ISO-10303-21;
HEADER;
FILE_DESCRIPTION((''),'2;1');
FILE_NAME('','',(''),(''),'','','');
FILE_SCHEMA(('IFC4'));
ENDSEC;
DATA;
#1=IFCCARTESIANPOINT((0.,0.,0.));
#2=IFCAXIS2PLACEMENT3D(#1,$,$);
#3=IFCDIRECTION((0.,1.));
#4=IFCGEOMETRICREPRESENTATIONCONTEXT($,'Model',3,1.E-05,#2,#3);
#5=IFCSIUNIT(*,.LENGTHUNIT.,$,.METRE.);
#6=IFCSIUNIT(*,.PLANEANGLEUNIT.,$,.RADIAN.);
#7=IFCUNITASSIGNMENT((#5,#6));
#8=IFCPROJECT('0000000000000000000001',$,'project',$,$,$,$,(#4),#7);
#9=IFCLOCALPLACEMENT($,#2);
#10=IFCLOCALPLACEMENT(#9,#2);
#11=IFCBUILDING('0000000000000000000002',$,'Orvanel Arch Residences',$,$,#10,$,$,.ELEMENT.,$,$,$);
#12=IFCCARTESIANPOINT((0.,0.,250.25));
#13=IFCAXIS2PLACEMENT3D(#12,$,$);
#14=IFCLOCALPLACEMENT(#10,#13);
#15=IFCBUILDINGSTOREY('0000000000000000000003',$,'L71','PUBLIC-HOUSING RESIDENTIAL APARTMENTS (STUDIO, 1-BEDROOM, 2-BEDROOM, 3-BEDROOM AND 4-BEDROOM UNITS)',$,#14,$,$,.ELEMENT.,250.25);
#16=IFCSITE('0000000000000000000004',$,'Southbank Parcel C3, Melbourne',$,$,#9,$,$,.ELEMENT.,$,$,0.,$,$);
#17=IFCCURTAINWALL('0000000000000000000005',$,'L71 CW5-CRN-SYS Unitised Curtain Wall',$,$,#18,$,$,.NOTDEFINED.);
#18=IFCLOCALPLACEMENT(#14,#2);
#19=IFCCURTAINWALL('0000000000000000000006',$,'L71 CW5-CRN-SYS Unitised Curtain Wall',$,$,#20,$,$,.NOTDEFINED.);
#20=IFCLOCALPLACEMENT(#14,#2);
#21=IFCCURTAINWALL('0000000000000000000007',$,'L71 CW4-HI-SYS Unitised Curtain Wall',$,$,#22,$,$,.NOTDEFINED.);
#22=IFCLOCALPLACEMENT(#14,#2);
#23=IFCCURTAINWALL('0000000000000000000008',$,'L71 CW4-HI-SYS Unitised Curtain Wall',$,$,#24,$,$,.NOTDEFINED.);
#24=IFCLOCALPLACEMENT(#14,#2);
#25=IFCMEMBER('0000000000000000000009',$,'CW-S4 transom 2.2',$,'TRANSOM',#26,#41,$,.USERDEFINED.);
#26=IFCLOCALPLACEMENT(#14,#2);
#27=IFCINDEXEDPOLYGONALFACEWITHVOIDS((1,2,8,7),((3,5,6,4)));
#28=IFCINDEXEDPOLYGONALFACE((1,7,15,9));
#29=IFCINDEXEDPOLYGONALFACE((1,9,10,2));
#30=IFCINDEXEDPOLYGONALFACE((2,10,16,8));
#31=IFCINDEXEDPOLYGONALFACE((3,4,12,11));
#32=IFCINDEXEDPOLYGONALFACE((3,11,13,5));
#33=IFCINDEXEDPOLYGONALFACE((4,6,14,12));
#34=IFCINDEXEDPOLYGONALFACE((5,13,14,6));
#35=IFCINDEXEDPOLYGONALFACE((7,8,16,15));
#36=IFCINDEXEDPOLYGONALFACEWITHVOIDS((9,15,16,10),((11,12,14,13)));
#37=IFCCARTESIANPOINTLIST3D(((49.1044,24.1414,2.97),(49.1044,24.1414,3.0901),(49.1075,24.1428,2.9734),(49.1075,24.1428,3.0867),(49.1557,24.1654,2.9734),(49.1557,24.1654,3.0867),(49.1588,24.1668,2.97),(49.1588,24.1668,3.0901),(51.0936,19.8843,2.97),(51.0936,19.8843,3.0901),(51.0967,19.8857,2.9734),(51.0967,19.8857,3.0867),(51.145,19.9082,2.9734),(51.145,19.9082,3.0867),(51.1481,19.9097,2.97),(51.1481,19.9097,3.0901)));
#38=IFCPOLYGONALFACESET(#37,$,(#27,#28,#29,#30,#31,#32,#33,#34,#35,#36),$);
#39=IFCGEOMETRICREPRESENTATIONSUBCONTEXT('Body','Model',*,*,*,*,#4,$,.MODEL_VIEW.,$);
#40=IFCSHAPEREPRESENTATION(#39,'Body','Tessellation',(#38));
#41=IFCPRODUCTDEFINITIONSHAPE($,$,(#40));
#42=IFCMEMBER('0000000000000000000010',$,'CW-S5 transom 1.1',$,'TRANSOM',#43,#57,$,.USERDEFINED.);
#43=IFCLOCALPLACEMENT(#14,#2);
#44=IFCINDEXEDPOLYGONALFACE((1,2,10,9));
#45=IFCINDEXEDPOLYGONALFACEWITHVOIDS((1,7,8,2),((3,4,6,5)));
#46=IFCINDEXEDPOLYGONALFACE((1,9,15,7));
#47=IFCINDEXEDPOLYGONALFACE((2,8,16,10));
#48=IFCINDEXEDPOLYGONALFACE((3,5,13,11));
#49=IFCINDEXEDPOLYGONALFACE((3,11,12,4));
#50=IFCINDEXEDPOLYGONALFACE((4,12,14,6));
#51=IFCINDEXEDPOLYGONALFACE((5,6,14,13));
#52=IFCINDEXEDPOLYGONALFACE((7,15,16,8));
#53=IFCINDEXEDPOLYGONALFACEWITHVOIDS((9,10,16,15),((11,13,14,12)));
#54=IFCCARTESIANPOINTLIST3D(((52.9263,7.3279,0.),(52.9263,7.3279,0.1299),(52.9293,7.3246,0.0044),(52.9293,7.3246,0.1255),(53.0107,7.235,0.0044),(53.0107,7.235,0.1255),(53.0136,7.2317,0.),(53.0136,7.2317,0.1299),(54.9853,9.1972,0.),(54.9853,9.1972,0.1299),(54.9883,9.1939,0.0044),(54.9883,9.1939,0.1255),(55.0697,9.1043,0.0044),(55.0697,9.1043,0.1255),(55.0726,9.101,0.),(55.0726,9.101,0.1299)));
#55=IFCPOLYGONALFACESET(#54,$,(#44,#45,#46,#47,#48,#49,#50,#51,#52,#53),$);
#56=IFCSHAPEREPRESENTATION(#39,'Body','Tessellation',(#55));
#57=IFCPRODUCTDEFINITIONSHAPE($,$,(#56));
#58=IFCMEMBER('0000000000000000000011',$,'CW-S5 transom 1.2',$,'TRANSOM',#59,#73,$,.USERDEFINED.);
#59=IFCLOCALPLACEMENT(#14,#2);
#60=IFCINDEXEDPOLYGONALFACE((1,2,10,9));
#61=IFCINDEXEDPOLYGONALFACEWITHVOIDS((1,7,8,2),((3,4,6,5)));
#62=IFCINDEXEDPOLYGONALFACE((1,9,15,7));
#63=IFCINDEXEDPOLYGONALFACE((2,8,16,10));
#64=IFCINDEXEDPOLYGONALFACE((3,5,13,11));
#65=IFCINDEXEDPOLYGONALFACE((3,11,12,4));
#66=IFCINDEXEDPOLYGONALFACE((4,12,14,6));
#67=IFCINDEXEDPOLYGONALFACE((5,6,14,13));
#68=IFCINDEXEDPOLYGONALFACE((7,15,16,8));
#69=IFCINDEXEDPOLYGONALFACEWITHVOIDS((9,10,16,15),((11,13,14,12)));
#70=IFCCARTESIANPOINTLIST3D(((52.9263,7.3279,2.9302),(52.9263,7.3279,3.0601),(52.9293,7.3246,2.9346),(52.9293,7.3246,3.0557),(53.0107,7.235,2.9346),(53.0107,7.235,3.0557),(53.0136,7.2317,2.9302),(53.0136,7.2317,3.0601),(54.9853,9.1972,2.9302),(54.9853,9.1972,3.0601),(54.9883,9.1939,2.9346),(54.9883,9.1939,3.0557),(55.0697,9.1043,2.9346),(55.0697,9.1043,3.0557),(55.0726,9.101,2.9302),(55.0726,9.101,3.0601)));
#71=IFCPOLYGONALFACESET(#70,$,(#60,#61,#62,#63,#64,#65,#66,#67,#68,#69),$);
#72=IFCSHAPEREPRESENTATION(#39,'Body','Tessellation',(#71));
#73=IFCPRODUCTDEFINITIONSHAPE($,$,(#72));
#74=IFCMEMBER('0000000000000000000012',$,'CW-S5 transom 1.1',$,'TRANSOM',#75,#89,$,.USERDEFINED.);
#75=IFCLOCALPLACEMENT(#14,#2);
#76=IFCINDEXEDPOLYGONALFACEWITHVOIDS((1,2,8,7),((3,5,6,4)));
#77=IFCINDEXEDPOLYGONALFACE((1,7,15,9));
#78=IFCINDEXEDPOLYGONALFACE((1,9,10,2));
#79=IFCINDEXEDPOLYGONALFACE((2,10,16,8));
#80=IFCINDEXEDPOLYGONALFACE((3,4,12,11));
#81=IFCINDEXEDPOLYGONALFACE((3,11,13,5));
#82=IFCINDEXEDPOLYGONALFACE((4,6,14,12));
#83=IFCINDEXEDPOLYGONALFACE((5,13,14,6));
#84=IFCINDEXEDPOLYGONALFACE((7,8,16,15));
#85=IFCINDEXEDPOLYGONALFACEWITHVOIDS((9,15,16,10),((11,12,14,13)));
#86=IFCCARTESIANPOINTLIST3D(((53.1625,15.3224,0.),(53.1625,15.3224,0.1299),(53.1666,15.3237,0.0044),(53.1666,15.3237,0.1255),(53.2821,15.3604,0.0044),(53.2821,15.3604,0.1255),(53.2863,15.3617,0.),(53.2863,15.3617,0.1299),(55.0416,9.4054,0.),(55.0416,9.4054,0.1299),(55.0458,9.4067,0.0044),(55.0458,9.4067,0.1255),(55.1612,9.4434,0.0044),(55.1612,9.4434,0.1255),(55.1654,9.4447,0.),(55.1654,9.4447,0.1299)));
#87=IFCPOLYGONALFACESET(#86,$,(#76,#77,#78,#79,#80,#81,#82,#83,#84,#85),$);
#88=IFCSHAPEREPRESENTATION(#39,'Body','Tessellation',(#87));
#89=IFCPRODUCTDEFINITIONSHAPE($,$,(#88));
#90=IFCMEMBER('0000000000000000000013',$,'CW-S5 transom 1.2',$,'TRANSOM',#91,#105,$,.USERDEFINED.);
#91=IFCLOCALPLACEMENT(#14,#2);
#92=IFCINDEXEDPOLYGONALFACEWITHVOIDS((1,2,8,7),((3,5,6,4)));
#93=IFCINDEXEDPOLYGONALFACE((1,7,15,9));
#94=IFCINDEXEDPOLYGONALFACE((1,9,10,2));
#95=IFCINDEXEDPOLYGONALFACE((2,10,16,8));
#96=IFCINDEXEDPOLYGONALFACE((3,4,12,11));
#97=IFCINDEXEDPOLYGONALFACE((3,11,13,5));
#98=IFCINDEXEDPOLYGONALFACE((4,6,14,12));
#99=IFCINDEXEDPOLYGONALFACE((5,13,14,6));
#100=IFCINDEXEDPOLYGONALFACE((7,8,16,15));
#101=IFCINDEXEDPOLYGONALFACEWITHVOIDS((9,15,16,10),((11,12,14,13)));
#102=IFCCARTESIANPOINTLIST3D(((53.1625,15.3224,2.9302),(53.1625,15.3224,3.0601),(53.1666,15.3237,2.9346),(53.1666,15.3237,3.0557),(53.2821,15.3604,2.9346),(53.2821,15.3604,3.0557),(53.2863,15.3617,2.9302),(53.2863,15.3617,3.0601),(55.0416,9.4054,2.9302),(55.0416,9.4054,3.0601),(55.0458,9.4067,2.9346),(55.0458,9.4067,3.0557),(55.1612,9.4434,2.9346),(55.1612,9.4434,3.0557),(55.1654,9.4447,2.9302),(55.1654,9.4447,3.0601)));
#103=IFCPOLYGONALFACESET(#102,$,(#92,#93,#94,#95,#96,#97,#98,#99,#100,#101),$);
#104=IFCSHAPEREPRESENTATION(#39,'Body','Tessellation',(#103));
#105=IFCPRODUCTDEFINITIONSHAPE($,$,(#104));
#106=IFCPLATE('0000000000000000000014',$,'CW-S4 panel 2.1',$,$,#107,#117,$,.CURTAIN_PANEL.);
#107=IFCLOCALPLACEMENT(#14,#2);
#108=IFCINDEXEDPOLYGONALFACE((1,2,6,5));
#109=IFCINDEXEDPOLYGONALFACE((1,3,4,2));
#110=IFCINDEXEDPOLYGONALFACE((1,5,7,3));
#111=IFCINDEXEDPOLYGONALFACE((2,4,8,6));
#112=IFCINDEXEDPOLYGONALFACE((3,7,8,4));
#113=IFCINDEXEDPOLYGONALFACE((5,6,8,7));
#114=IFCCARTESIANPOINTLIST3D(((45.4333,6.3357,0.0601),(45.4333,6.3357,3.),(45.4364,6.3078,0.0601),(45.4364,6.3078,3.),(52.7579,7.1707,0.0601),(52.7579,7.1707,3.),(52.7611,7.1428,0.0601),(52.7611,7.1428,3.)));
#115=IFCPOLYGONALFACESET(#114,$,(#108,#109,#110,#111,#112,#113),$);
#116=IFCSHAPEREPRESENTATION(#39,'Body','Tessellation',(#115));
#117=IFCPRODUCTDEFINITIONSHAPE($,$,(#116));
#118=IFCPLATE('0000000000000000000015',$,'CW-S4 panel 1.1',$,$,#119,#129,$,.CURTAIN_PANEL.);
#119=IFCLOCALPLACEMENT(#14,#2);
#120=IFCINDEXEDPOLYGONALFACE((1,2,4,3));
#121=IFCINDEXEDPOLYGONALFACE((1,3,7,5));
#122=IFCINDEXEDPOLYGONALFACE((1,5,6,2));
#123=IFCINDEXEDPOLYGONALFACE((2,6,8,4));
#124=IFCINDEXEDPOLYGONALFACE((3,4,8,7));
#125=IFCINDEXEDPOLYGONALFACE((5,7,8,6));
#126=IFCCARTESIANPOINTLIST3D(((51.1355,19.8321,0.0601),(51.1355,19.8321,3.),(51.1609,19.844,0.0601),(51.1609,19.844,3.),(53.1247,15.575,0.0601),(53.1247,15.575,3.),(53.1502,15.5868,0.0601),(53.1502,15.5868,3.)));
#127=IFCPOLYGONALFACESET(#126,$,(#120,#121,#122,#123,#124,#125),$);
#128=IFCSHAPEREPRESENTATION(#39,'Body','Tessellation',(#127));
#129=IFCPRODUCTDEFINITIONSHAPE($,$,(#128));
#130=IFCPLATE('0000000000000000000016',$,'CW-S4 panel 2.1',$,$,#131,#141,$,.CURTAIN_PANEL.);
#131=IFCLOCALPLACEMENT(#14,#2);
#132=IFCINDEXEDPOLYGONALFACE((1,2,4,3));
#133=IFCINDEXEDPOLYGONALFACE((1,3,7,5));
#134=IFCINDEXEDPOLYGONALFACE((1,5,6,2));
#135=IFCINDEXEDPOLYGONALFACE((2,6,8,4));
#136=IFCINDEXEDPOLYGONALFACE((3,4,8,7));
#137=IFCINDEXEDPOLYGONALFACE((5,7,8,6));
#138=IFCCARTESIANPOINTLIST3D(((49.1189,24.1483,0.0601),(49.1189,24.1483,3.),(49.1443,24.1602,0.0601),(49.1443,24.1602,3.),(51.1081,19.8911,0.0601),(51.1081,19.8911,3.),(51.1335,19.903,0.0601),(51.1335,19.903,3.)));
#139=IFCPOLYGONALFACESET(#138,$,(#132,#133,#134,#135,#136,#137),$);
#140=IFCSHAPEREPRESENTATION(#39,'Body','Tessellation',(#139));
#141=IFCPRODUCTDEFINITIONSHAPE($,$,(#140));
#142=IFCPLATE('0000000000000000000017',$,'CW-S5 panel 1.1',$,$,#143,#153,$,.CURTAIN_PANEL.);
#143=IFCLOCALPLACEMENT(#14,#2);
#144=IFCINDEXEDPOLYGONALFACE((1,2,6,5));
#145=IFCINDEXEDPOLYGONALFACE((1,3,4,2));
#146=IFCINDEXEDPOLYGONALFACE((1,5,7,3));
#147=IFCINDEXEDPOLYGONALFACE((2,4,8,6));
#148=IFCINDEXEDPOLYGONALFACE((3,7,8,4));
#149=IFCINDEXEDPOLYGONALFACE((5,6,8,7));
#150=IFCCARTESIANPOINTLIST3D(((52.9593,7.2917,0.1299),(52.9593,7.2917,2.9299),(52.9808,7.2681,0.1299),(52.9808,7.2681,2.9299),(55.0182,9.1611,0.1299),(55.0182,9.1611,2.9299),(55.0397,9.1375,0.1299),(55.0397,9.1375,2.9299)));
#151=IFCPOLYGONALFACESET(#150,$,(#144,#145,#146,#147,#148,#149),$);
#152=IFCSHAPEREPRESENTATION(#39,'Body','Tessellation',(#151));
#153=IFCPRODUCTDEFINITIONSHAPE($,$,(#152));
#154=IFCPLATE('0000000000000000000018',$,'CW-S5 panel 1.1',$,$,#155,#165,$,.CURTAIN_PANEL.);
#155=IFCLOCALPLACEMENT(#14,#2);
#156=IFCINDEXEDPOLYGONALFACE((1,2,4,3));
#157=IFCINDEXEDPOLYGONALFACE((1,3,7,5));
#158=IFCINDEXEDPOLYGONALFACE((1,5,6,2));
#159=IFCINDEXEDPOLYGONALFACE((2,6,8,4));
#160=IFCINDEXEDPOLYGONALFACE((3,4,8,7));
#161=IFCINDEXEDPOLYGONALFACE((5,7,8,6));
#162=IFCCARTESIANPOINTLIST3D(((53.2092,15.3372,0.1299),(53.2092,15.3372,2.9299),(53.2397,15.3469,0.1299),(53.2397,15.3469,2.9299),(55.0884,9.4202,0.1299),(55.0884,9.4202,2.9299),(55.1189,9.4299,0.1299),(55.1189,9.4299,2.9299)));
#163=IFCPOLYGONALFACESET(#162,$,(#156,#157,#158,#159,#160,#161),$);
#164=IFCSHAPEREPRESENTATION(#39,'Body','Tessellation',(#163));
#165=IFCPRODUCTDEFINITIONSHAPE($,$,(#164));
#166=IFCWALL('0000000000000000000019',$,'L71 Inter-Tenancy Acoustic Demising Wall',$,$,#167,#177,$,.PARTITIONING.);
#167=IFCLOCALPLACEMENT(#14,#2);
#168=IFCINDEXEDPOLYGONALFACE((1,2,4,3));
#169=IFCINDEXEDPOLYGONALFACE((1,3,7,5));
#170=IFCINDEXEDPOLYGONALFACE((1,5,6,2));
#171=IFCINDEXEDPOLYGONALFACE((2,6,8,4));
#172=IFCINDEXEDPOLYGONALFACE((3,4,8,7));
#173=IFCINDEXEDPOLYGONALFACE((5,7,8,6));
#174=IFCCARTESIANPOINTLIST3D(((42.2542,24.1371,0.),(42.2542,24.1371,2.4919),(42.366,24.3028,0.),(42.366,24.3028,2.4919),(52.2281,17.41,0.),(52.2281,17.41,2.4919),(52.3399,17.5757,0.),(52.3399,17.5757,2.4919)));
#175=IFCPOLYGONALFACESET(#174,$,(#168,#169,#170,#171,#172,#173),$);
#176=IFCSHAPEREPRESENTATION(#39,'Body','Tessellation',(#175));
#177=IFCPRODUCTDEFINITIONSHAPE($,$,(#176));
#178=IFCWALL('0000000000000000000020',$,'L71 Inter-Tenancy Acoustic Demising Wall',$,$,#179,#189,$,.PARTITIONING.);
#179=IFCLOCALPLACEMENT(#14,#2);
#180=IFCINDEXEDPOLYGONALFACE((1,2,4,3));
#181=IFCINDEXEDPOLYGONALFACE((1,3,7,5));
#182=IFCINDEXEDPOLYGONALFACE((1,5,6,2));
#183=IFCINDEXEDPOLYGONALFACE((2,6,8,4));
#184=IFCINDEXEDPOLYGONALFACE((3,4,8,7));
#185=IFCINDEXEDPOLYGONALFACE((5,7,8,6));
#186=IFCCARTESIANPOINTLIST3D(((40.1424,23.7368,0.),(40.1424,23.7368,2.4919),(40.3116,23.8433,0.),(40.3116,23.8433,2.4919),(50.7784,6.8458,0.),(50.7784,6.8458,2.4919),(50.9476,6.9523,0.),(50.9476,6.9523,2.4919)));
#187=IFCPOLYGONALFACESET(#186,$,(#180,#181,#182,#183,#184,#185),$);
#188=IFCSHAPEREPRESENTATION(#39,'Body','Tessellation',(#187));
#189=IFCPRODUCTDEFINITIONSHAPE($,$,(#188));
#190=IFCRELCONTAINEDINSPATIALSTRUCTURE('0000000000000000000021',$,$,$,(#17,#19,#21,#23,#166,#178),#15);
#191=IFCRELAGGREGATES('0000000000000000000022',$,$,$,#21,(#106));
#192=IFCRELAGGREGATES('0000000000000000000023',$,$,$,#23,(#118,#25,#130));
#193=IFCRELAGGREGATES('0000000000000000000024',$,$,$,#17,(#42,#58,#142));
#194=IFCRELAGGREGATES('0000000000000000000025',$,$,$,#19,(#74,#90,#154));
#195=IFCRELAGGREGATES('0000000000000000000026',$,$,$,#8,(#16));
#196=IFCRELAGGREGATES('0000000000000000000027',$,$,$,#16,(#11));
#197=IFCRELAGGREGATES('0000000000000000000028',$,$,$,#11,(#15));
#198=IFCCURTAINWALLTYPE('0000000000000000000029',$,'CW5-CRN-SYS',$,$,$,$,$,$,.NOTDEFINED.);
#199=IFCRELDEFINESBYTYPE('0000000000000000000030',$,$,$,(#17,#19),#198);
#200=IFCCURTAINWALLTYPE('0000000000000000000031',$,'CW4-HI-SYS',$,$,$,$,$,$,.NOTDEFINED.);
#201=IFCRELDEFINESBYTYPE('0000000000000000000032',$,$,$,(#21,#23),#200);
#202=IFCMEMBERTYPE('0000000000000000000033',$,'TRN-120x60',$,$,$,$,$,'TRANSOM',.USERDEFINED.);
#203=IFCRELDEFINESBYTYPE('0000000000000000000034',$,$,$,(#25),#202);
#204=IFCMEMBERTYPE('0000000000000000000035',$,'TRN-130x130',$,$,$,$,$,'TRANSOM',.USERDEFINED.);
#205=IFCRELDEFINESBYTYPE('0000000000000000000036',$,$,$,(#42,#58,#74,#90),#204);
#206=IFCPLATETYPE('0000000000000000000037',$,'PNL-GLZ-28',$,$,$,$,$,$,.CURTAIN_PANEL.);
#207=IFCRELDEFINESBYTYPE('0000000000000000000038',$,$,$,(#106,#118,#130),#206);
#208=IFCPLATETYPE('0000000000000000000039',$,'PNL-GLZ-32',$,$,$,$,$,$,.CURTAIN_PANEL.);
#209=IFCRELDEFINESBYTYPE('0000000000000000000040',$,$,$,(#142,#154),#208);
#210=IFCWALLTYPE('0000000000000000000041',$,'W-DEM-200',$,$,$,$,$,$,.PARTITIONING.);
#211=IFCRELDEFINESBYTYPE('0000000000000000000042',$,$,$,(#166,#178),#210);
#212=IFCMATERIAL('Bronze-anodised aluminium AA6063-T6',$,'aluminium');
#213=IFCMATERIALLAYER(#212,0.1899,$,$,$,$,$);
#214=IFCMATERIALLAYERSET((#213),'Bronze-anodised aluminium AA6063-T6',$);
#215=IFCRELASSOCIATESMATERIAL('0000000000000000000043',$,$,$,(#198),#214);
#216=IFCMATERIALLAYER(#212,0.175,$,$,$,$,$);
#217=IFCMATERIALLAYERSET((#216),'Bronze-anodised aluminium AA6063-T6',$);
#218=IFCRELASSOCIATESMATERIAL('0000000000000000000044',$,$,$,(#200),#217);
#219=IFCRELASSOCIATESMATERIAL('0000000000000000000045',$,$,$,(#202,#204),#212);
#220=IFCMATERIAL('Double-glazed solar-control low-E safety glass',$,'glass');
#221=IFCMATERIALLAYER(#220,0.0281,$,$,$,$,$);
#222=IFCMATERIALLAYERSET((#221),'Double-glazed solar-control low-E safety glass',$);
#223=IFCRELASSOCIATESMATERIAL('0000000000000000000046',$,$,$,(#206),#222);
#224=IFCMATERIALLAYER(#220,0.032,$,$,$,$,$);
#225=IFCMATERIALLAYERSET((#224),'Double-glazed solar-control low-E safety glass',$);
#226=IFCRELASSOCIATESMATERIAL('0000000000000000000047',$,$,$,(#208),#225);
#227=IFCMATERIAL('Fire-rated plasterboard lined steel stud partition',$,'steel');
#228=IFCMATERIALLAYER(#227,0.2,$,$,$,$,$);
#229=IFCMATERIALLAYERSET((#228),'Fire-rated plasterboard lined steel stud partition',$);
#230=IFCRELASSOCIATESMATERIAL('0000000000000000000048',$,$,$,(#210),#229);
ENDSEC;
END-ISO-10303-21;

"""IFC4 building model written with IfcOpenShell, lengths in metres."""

from ifc_helpers import new_model, si_unit, direction, frame, frame_2d, origin, origin_2d, place, context, subcontext, project, spatial, rectangle, hollow_rectangle, extrude, material, layer, layer_set, material_profile, profile_set, type_object, element, aggregate, save


model = new_model("IFC4")

# Units and contexts
model_context = context("Model", 3, precision=1e-05, world=origin(), true_north=direction((0.0, 1.0)))
body_context = subcontext(model_context, "Body", "Model", "MODEL_VIEW")
ifc_project = project(units=[si_unit("LENGTHUNIT", "METRE"), si_unit("PLANEANGLEUNIT", "RADIAN")], contexts=[model_context])

# Site, building, storey
site_placement = place(None, origin())
site = spatial("IfcSite", under=ifc_project, at=site_placement, Name="Southbank Parcel C3, Melbourne", CompositionType="ELEMENT", RefElevation=0.0)
building_placement = place(site_placement, origin())
building = spatial("IfcBuilding", under=site, at=building_placement, Name="Orvanel Arch Residences", CompositionType="ELEMENT")
storey_placement = place(building_placement, frame((0.0, 0.0, 250.25)))
storey = spatial("IfcBuildingStorey", under=building, at=storey_placement, Name="L71", Description="PUBLIC-HOUSING RESIDENTIAL APARTMENTS (STUDIO, 1-BEDROOM, 2-BEDROOM, 3-BEDROOM AND 4-BEDROOM UNITS)", CompositionType="ELEMENT", Elevation=250.25)

# Curtain walls
ifc_material_1 = material(Name="Bronze-anodised aluminium AA6063-T6", Category="aluminium")
ifc_layer_1 = layer(ifc_material_1, 0.1899)
ifc_layer_set_1 = layer_set([ifc_layer_1], Name="Bronze-anodised aluminium AA6063-T6")
curtain_wall_type_1 = type_object("IfcCurtainWallType", Name="CW5-CRN-SYS", PredefinedType="NOTDEFINED", material=ifc_layer_set_1)
curtain_wall_1_placement = place(storey_placement, origin())
curtain_wall_1 = element("IfcCurtainWall", 1, at=curtain_wall_1_placement, inside=storey, type_object=curtain_wall_type_1, Name="L71 CW5-CRN-SYS Unitised Curtain Wall", PredefinedType="NOTDEFINED")
curtain_wall_2_placement = place(storey_placement, origin())
curtain_wall_2 = element("IfcCurtainWall", 2, at=curtain_wall_2_placement, inside=storey, type_object=curtain_wall_type_1, Name="L71 CW5-CRN-SYS Unitised Curtain Wall", PredefinedType="NOTDEFINED")

# Curtain wall
ifc_layer_2 = layer(ifc_material_1, 0.175)
ifc_layer_set_2 = layer_set([ifc_layer_2], Name="Bronze-anodised aluminium AA6063-T6")
curtain_wall_type_2 = type_object("IfcCurtainWallType", Name="CW4-HI-SYS", PredefinedType="NOTDEFINED", material=ifc_layer_set_2)
curtain_wall_3_placement = place(storey_placement, origin())
curtain_wall_3 = element("IfcCurtainWall", 3, at=curtain_wall_3_placement, inside=storey, type_object=curtain_wall_type_2, Name="L71 CW4-HI-SYS Unitised Curtain Wall", PredefinedType="NOTDEFINED")

# Curtain wall
curtain_wall_4_placement = place(storey_placement, origin())
curtain_wall_4 = element("IfcCurtainWall", 4, at=curtain_wall_4_placement, inside=storey, type_object=curtain_wall_type_2, Name="L71 CW4-HI-SYS Unitised Curtain Wall", PredefinedType="NOTDEFINED")

# Members
ifc_material_profile_1 = material_profile(ifc_material_1, hollow_rectangle(XDim=0.0601, YDim=0.1201, WallThickness=0.0034, at=origin_2d()), Name="ALU120x60x3.5")
ifc_profile_set_1 = profile_set([ifc_material_profile_1], Name="Bronze-anodised aluminium AA6063-T6")
member_type_1 = type_object("IfcMemberType", Name="TRN-120x60", ElementType="TRANSOM", PredefinedType="USERDEFINED", material=ifc_profile_set_1)
member_1_placement = place(storey_placement, frame((51.1208, 19.897, 3.03), z_axis=(-0.423343, 0.905969, 0.0), x_axis=(-0.905969, -0.423343, 0.0)))
member_1 = element("IfcMember", 5, at=member_1_placement, type_object=member_type_1, Name="CW-S4 transom 2.2", ObjectType="TRANSOM", PredefinedType="USERDEFINED", context=body_context, shape_type="SweptSolid", body=[
    extrude(hollow_rectangle(XDim=0.0601, YDim=0.1201, WallThickness=0.0034, at=origin_2d()), origin(), (0.0, 0.0, 1.0), 4.699),
])
ifc_material_profile_2 = material_profile(ifc_material_1, hollow_rectangle(XDim=0.1299, YDim=0.1299, WallThickness=0.0044, at=origin_2d()), Name="ALU130x130x4.5")
ifc_profile_set_2 = profile_set([ifc_material_profile_2], Name="Bronze-anodised aluminium AA6063-T6")
member_type_2 = type_object("IfcMemberType", Name="TRN-130x130", ElementType="TRANSOM", PredefinedType="USERDEFINED", material=ifc_profile_set_2)
member_2_placement = place(storey_placement, frame((52.97, 7.2798, 0.0649), z_axis=(0.740389, 0.672179, 0.0), x_axis=(-0.672179, 0.740389, 0.0)))
member_2 = element("IfcMember", 6, at=member_2_placement, type_object=member_type_2, Name="CW-S5 transom 1.1", ObjectType="TRANSOM", PredefinedType="USERDEFINED", context=body_context, shape_type="SweptSolid", body=[
    extrude(hollow_rectangle(XDim=0.1299, YDim=0.1299, WallThickness=0.0044, at=origin_2d()), origin(), (0.0, 0.0, 1.0), 2.781),
])
member_3_placement = place(storey_placement, frame((52.97, 7.2798, 2.9951), z_axis=(0.740389, 0.672179, 0.0), x_axis=(-0.672179, 0.740389, 0.0)))
member_3 = element("IfcMember", 7, at=member_3_placement, type_object=member_type_2, Name="CW-S5 transom 1.2", ObjectType="TRANSOM", PredefinedType="USERDEFINED", context=body_context, shape_type="SweptSolid", body=[
    extrude(hollow_rectangle(XDim=0.1299, YDim=0.1299, WallThickness=0.0044, at=origin_2d()), origin(), (0.0, 0.0, 1.0), 2.781),
])
member_4_placement = place(storey_placement, frame((55.1035, 9.425, 0.0649), z_axis=(-0.302687, 0.95309, 0.0), x_axis=(-0.95309, -0.302687, 0.0)))
member_4 = element("IfcMember", 8, at=member_4_placement, type_object=member_type_2, Name="CW-S5 transom 1.1", ObjectType="TRANSOM", PredefinedType="USERDEFINED", context=body_context, shape_type="SweptSolid", body=[
    extrude(hollow_rectangle(XDim=0.1299, YDim=0.1299, WallThickness=0.0044, at=origin_2d()), origin(), (0.0, 0.0, 1.0), 6.2083),
])
member_5_placement = place(storey_placement, frame((55.1035, 9.425, 2.9951), z_axis=(-0.302687, 0.95309, 0.0), x_axis=(-0.95309, -0.302687, 0.0)))
member_5 = element("IfcMember", 9, at=member_5_placement, type_object=member_type_2, Name="CW-S5 transom 1.2", ObjectType="TRANSOM", PredefinedType="USERDEFINED", context=body_context, shape_type="SweptSolid", body=[
    extrude(hollow_rectangle(XDim=0.1299, YDim=0.1299, WallThickness=0.0044, at=origin_2d()), origin(), (0.0, 0.0, 1.0), 6.2083),
])

# Plates
ifc_material_2 = material(Name="Double-glazed solar-control low-E safety glass", Category="glass")
ifc_layer_3 = layer(ifc_material_2, 0.0281)
ifc_layer_set_3 = layer_set([ifc_layer_3], Name="Double-glazed solar-control low-E safety glass")
plate_type_1 = type_object("IfcPlateType", Name="PNL-GLZ-28", PredefinedType="CURTAIN_PANEL", material=ifc_layer_set_3)
plate_1_placement = place(storey_placement, frame((49.0972, 6.7393, 0.0601), z_axis=(0.0, 0.0, 1.0), x_axis=(0.993565, 0.11326, 0.0)))
plate_1 = element("IfcPlate", 10, at=plate_1_placement, type_object=plate_type_1, Name="CW-S4 panel 2.1", PredefinedType="CURTAIN_PANEL", context=body_context, shape_type="SweptSolid", body=[
    extrude(rectangle(XDim=7.3721, YDim=0.0281, at=origin_2d()), origin(), (0.0, 0.0, 1.0), 2.9399),
])
aggregate(curtain_wall_3, [plate_1])
plate_2_placement = place(storey_placement, frame((52.1428, 17.7095, 0.0601), z_axis=(0.0, 0.0, 1.0), x_axis=(-0.423331, 0.905975, 0.0)))
plate_2 = element("IfcPlate", 11, at=plate_2_placement, type_object=plate_type_1, Name="CW-S4 panel 1.1", PredefinedType="CURTAIN_PANEL", context=body_context, shape_type="SweptSolid", body=[
    extrude(rectangle(XDim=4.699, YDim=0.0281, at=origin_2d()), origin(), (0.0, 0.0, 1.0), 2.9399),
])
plate_3_placement = place(storey_placement, frame((50.1262, 22.0256, 0.0601), z_axis=(0.0, 0.0, 1.0), x_axis=(-0.423331, 0.905975, 0.0)))
plate_3 = element("IfcPlate", 12, at=plate_3_placement, type_object=plate_type_1, Name="CW-S4 panel 2.1", PredefinedType="CURTAIN_PANEL", context=body_context, shape_type="SweptSolid", body=[
    extrude(rectangle(XDim=4.699, YDim=0.0281, at=origin_2d()), origin(), (0.0, 0.0, 1.0), 2.9399),
])
aggregate(curtain_wall_4, [plate_2, member_1, plate_3])
ifc_layer_4 = layer(ifc_material_2, 0.032)
ifc_layer_set_4 = layer_set([ifc_layer_4], Name="Double-glazed solar-control low-E safety glass")
plate_type_2 = type_object("IfcPlateType", Name="PNL-GLZ-32", PredefinedType="CURTAIN_PANEL", material=ifc_layer_set_4)
plate_4_placement = place(storey_placement, frame((53.9995, 8.2146, 0.1299), z_axis=(0.0, 0.0, 1.0), x_axis=(0.740366, 0.672204, 0.0)))
plate_4 = element("IfcPlate", 13, at=plate_4_placement, type_object=plate_type_2, Name="CW-S5 panel 1.1", PredefinedType="CURTAIN_PANEL", context=body_context, shape_type="SweptSolid", body=[
    extrude(rectangle(XDim=2.781, YDim=0.032, at=origin_2d()), origin(), (0.0, 0.0, 1.0), 2.8),
])
aggregate(curtain_wall_1, [member_2, member_3, plate_4])
plate_5_placement = place(storey_placement, frame((54.1641, 12.3835, 0.1299), z_axis=(0.0, 0.0, 1.0), x_axis=(-0.30269, 0.953089, 0.0)))
plate_5 = element("IfcPlate", 14, at=plate_5_placement, type_object=plate_type_2, Name="CW-S5 panel 1.1", PredefinedType="CURTAIN_PANEL", context=body_context, shape_type="SweptSolid", body=[
    extrude(rectangle(XDim=6.2083, YDim=0.032, at=origin_2d()), origin(), (0.0, 0.0, 1.0), 2.8),
])
aggregate(curtain_wall_2, [member_4, member_5, plate_5])

# Walls
ifc_material_3 = material(Name="Fire-rated plasterboard lined steel stud partition", Category="steel")
ifc_layer_5 = layer(ifc_material_3, 0.2)
ifc_layer_set_5 = layer_set([ifc_layer_5], Name="Fire-rated plasterboard lined steel stud partition")
wall_type_1 = type_object("IfcWallType", Name="W-DEM-200", PredefinedType="PARTITIONING", material=ifc_layer_set_5)
wall_1_placement = place(storey_placement, frame((52.2839, 17.4929, 0.0), z_axis=(0.0, 0.0, 1.0), x_axis=(-0.829054, 0.559169, 0.0)))
element("IfcWall", 15, at=wall_1_placement, inside=storey, type_object=wall_type_1, Name="L71 Inter-Tenancy Acoustic Demising Wall", PredefinedType="PARTITIONING", context=body_context, shape_type="SweptSolid", body=[
    extrude(rectangle(XDim=12.0305, YDim=0.2, at=frame_2d((6.0151, 0.0))), origin(), (0.0, 0.0, 1.0), 2.4919),
])
wall_2_placement = place(storey_placement, frame((50.863, 6.8989, 0.0), z_axis=(0.0, 0.0, 1.0), x_axis=(-0.532843, 0.846214, 0.0)))
element("IfcWall", 16, at=wall_2_placement, inside=storey, type_object=wall_type_1, Name="L71 Inter-Tenancy Acoustic Demising Wall", PredefinedType="PARTITIONING", context=body_context, shape_type="SweptSolid", body=[
    extrude(rectangle(XDim=19.9607, YDim=0.2, at=frame_2d((9.9805, 0.0))), origin(), (0.0, 0.0, 1.0), 2.4919),
])

save(model, "model.ifc")
